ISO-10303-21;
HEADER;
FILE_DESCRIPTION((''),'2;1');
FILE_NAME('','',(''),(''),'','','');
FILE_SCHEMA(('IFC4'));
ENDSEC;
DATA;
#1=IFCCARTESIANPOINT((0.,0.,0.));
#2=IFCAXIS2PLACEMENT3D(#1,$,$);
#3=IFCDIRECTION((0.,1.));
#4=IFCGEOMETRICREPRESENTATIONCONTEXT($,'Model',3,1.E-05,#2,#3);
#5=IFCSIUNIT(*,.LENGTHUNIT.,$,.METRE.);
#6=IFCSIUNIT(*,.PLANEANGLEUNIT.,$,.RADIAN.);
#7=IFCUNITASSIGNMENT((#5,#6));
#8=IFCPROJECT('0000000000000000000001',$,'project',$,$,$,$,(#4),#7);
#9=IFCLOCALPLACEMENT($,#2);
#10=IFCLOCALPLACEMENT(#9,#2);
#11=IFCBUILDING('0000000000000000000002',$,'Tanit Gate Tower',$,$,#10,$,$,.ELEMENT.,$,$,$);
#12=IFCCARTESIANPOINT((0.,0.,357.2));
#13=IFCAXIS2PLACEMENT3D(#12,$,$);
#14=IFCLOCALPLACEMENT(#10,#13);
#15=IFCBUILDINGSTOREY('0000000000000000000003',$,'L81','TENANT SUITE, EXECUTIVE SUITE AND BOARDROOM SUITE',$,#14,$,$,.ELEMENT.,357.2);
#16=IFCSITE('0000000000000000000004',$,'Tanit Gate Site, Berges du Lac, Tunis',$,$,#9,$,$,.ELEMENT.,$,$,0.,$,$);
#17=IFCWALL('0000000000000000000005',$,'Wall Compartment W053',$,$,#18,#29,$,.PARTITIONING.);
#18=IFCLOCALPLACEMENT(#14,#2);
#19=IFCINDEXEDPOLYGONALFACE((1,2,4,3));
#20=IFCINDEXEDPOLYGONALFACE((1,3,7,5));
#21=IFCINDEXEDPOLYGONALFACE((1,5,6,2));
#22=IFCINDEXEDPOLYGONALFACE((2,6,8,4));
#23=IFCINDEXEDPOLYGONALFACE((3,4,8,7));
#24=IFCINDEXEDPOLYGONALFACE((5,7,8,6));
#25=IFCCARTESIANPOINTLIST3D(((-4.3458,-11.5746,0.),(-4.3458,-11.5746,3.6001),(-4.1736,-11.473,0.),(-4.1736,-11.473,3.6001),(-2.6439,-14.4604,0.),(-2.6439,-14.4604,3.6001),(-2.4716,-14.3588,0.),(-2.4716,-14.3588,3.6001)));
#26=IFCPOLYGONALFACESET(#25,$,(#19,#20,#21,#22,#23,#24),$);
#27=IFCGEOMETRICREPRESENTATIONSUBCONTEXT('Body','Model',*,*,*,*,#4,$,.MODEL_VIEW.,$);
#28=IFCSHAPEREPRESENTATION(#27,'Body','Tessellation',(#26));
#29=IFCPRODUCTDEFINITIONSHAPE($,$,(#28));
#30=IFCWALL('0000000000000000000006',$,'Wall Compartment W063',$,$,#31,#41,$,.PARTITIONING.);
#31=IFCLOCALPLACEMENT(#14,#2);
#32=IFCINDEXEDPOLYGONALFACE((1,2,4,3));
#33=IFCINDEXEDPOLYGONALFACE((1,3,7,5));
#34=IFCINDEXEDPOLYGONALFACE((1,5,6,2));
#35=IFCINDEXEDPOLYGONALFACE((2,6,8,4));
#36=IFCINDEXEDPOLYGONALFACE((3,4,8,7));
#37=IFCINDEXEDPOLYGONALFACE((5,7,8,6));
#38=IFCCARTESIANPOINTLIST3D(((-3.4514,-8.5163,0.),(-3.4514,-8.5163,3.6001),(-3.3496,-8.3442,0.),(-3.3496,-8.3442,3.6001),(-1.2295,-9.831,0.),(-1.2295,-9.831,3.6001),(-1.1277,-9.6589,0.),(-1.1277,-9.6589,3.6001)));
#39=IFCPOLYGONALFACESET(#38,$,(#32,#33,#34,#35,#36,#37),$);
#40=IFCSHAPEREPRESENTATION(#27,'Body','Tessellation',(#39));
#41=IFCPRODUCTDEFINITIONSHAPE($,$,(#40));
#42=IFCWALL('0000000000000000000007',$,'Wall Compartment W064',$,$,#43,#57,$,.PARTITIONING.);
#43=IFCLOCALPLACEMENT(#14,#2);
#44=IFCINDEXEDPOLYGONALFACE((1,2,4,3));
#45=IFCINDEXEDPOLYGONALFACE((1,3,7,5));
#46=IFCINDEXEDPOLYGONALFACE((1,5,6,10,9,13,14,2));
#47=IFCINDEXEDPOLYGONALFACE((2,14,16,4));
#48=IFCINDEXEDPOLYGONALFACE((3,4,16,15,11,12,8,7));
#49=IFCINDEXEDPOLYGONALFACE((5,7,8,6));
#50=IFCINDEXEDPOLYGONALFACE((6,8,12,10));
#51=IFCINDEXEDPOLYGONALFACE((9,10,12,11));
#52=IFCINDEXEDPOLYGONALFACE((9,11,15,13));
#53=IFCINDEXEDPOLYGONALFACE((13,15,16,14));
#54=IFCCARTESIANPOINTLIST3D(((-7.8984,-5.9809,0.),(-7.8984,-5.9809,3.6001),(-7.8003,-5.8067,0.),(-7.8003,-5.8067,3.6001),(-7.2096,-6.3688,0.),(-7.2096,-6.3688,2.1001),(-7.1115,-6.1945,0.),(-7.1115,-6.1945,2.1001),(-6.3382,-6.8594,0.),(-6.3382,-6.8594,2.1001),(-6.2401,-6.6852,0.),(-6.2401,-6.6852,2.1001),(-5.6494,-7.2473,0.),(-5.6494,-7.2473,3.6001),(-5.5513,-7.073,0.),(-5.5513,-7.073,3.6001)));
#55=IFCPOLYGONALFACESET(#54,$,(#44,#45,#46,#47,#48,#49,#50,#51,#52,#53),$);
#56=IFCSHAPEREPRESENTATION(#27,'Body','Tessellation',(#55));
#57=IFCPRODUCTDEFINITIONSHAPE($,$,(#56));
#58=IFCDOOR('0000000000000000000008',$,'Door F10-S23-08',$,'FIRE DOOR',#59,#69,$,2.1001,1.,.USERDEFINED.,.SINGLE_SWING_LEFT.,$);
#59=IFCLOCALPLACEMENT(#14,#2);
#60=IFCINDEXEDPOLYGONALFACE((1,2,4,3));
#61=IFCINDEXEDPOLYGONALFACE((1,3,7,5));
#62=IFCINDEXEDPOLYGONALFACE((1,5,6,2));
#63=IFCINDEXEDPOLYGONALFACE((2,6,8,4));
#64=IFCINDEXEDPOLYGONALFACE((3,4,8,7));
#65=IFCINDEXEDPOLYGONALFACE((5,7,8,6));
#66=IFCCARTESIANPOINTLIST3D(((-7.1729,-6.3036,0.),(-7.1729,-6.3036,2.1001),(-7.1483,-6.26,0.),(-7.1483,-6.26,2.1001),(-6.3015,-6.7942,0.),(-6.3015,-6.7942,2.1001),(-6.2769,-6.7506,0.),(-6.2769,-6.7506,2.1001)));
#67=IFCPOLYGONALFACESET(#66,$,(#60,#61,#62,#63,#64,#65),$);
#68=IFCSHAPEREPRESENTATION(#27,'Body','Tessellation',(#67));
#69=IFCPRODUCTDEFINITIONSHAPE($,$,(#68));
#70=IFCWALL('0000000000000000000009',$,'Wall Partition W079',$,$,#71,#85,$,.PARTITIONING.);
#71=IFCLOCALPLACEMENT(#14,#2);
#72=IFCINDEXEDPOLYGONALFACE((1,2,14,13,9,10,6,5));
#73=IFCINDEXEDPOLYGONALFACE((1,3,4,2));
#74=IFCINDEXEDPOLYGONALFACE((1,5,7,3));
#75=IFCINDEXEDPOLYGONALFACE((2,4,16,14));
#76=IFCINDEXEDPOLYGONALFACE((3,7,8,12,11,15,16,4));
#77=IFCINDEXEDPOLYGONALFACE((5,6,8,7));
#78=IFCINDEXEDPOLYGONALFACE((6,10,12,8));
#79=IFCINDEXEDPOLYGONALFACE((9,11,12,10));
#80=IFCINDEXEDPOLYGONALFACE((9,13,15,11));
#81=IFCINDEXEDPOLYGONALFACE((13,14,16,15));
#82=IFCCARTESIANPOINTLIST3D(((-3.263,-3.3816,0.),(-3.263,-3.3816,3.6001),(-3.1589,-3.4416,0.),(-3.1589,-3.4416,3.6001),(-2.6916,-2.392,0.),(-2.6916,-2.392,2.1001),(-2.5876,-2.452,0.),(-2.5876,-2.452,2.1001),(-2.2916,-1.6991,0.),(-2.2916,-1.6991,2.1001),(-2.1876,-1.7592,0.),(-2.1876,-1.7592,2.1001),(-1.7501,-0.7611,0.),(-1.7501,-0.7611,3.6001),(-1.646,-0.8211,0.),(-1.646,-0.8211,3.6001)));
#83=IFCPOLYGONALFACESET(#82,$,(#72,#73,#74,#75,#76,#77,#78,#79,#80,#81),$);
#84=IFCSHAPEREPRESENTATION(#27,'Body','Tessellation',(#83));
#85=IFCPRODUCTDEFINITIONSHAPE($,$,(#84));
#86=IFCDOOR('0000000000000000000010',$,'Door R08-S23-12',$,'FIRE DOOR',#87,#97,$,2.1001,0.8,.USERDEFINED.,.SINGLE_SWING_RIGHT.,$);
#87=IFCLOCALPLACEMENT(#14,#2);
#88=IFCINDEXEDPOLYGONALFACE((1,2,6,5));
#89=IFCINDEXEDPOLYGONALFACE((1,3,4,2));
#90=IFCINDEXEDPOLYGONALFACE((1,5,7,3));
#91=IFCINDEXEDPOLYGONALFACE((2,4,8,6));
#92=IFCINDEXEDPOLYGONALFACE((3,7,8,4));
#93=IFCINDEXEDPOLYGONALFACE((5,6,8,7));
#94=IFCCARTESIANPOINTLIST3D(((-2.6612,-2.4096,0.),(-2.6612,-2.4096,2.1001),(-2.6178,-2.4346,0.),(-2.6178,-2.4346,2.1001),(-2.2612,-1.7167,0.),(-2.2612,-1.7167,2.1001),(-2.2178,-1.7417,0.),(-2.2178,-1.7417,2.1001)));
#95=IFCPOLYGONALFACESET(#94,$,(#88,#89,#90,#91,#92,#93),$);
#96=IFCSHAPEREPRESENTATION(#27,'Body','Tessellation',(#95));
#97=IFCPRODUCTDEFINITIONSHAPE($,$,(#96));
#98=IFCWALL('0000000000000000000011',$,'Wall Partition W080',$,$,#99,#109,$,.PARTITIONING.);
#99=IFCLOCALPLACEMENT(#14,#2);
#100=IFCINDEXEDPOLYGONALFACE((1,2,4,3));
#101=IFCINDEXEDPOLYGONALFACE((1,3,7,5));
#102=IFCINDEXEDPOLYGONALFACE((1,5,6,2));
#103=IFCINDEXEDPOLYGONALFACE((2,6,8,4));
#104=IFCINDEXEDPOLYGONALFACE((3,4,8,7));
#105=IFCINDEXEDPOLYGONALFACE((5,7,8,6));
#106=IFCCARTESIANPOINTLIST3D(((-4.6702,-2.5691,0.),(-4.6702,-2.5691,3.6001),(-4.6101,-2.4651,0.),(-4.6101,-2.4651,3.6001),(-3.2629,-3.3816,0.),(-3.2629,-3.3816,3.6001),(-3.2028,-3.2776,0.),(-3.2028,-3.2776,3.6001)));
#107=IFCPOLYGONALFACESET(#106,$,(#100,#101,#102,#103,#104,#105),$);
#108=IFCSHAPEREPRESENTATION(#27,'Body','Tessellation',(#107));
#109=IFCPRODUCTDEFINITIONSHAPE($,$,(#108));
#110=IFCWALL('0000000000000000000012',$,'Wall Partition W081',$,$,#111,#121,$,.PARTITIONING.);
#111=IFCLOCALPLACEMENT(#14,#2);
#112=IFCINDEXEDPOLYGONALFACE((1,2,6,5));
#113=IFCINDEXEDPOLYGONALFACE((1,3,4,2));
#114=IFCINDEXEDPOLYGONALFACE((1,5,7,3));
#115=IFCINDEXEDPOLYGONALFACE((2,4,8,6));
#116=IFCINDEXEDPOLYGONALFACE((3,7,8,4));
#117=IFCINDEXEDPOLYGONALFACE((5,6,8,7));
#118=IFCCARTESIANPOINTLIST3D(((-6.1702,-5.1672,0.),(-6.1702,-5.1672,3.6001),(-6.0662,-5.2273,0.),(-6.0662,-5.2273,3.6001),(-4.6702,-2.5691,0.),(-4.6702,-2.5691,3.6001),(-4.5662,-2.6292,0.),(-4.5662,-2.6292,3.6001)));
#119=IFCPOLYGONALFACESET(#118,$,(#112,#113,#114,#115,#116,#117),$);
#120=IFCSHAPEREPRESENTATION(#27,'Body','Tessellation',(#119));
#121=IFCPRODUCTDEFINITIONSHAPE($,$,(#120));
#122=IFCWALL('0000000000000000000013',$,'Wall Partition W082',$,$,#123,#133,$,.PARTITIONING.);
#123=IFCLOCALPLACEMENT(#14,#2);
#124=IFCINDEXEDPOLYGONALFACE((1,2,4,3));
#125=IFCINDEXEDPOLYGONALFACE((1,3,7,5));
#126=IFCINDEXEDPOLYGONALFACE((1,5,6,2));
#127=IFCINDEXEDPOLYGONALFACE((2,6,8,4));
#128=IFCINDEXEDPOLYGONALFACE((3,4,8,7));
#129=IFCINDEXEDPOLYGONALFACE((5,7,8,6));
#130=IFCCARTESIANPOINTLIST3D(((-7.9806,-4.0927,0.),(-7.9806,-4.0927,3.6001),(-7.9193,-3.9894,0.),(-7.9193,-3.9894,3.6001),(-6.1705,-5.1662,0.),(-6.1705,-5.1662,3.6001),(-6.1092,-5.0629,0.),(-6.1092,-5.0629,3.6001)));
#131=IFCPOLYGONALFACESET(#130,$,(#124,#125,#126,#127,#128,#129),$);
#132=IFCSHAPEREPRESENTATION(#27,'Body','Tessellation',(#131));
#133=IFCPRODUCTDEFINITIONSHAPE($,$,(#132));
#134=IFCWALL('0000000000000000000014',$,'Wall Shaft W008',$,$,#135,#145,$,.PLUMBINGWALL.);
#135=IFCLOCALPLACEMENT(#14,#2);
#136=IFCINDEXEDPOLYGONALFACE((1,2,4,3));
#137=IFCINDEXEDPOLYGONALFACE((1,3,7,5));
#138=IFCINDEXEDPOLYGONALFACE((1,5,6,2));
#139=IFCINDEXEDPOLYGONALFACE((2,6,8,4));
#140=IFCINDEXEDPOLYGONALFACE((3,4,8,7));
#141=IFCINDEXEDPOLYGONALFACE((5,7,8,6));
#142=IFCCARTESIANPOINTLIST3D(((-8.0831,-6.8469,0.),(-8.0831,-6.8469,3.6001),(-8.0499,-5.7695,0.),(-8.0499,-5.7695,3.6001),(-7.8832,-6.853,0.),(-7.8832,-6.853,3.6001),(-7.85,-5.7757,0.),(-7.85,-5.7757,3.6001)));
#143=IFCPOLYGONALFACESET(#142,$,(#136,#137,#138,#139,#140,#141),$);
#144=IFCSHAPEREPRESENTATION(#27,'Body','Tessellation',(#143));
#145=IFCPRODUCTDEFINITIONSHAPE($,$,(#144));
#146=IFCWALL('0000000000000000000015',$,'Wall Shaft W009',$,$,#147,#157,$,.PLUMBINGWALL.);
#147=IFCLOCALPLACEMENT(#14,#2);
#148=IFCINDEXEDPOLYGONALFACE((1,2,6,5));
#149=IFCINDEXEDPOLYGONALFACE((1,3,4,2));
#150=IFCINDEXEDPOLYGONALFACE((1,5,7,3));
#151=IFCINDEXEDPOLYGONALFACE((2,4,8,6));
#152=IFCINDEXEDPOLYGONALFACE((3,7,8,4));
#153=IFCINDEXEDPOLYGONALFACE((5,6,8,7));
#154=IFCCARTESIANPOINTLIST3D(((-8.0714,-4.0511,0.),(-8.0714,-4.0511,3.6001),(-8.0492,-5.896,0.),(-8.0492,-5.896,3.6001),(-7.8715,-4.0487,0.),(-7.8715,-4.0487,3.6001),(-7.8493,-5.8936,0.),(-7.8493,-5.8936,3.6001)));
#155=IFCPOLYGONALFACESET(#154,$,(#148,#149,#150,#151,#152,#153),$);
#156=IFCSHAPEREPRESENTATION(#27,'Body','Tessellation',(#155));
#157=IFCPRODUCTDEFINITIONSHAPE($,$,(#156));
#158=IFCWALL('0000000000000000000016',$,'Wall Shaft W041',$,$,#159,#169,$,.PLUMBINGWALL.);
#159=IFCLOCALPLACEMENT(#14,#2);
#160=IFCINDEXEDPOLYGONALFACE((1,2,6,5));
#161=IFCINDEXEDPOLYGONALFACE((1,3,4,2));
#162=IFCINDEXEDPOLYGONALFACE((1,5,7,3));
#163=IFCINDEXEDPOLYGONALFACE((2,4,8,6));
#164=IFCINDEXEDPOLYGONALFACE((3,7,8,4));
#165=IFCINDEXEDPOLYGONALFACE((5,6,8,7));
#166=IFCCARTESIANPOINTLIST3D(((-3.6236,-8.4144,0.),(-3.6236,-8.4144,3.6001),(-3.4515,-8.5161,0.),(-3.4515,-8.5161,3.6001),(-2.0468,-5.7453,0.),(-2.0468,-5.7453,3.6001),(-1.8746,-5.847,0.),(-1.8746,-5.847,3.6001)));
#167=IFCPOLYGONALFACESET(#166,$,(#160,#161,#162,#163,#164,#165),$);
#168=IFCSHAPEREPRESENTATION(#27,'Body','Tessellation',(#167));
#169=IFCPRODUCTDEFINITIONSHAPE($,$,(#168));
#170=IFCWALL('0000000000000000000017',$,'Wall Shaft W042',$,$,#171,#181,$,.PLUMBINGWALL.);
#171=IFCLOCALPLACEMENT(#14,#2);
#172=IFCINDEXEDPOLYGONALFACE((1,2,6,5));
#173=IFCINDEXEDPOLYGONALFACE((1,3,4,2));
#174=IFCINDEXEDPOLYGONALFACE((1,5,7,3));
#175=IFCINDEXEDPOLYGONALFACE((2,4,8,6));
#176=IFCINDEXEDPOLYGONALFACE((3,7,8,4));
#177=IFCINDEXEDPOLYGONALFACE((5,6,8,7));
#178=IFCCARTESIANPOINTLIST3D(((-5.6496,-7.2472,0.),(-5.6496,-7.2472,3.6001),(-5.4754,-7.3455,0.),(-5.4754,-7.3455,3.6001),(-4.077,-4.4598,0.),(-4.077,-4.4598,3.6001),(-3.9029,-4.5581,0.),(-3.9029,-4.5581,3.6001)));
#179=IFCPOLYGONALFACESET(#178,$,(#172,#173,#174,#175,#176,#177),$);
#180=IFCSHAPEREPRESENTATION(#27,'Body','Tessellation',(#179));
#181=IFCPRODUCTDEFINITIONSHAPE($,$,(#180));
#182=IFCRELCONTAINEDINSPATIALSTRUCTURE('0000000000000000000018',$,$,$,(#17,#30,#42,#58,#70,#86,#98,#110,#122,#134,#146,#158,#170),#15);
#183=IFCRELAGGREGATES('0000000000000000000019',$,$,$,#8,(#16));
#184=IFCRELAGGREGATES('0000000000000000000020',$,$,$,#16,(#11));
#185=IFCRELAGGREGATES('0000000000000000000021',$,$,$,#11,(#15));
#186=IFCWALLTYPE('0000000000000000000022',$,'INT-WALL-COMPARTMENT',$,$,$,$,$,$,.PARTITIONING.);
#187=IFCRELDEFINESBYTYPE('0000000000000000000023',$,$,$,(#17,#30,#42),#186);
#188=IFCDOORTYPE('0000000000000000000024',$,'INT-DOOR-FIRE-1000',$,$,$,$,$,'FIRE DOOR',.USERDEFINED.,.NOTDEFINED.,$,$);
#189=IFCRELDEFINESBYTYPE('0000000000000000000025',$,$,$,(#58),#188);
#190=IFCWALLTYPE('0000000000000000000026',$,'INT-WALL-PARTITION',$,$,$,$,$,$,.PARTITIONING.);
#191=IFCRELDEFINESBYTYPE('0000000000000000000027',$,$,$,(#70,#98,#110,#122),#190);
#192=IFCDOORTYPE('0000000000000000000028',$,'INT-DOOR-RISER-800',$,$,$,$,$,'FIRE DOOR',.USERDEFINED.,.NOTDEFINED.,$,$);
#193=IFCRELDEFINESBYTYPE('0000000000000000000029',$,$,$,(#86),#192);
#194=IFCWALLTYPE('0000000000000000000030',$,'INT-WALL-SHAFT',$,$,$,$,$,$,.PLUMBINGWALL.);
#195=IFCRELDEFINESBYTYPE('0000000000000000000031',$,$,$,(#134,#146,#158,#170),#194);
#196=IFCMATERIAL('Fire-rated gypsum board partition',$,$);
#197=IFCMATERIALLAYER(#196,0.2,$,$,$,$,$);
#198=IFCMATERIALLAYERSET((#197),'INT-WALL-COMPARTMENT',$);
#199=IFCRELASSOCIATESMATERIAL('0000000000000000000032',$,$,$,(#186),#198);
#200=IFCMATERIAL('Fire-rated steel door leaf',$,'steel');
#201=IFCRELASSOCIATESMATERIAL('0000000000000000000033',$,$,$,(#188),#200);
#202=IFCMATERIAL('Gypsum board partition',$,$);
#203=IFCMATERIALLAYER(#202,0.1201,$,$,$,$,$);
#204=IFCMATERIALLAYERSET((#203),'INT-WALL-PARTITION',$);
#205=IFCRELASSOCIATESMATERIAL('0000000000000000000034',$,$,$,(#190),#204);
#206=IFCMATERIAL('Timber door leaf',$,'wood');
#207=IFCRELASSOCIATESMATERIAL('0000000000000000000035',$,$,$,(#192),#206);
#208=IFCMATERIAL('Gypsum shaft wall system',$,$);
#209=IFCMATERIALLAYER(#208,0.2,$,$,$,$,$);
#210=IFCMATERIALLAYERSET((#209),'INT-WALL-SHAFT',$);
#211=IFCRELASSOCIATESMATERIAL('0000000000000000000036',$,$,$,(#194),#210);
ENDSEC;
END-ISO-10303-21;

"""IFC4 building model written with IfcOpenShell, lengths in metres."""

from ifc_helpers import new_model, si_unit, direction, frame, frame_2d, origin, place, context, subcontext, project, spatial, rectangle, extrude, material, layer, layer_set, type_object, element, fill, save


model = new_model("IFC4")

# Units and contexts
model_context = context("Model", 3, precision=1e-05, world=origin(), true_north=direction((0.0, 1.0)))
body_context = subcontext(model_context, "Body", "Model", "MODEL_VIEW")
ifc_project = project(units=[si_unit("LENGTHUNIT", "METRE"), si_unit("PLANEANGLEUNIT", "RADIAN")], contexts=[model_context])

# Site, building, storey
site_placement = place(None, origin())
site = spatial("IfcSite", under=ifc_project, at=site_placement, Name="Tanit Gate Site, Berges du Lac, Tunis", CompositionType="ELEMENT", RefElevation=0.0)
building_placement = place(site_placement, origin())
building = spatial("IfcBuilding", under=site, at=building_placement, Name="Tanit Gate Tower", CompositionType="ELEMENT")
storey_placement = place(building_placement, frame((0.0, 0.0, 357.2)))
storey = spatial("IfcBuildingStorey", under=building, at=storey_placement, Name="L81", Description="TENANT SUITE, EXECUTIVE SUITE AND BOARDROOM SUITE", CompositionType="ELEMENT", Elevation=357.2)

# Walls
ifc_material_1 = material(Name="Fire-rated gypsum board partition")
ifc_layer_1 = layer(ifc_material_1, 0.2)
ifc_layer_set_1 = layer_set([ifc_layer_1], Name="INT-WALL-COMPARTMENT")
wall_type_1 = type_object("IfcWallType", Name="INT-WALL-COMPARTMENT", PredefinedType="PARTITIONING", material=ifc_layer_set_1)
wall_1_placement = place(storey_placement, frame((-4.2598, -11.5237, 0.0), z_axis=(0.0, 0.0, 1.0), x_axis=(0.507997, -0.861359, 0.0)))
element("IfcWall", 1, at=wall_1_placement, inside=storey, type_object=wall_type_1, Name="Wall Compartment W053", PredefinedType="PARTITIONING", context=body_context, shape_type="SweptSolid", body=[
    extrude(rectangle(XDim=3.3503, YDim=0.2, at=frame_2d((1.6753, 0.0))), origin(), (0.0, 0.0, 1.0), 3.6001),
])
wall_2_placement = place(storey_placement, frame((-3.4006, -8.4302, 0.0), z_axis=(0.0, 0.0, 1.0), x_axis=(0.860631, -0.509229, 0.0)))
element("IfcWall", 2, at=wall_2_placement, inside=storey, type_object=wall_type_1, Name="Wall Compartment W063", PredefinedType="PARTITIONING", context=body_context, shape_type="SweptSolid", body=[
    extrude(rectangle(XDim=2.5818, YDim=0.2, at=frame_2d((1.291, 0.0))), origin(), (0.0, 0.0, 1.0), 3.6001),
])

# Walls, openings, doors
wall_3_placement = place(storey_placement, frame((-7.8494, -5.8938, 0.0), z_axis=(0.0, 0.0, 1.0), x_axis=(0.871363, -0.490638, 0.0)))
wall_3 = element("IfcWall", 3, at=wall_3_placement, inside=storey, type_object=wall_type_1, Name="Wall Compartment W064", PredefinedType="PARTITIONING", context=body_context, shape_type="SweptSolid", body=[
    extrude(rectangle(XDim=2.5811, YDim=0.2, at=frame_2d((1.2905, 0.0))), origin(), (0.0, 0.0, 1.0), 3.6001),
])
opening_1_placement = place(wall_3_placement, frame((0.7905, 0.0, 0.0)))
opening_1 = element("IfcOpeningElement", 4, at=opening_1_placement, cuts=wall_3, PredefinedType="OPENING", context=body_context, shape_type="SweptSolid", body=[
    extrude(rectangle(XDim=1.0, YDim=2.1001, at=frame_2d((0.5, 1.05))), frame((0.0, 0.1099, 0.0), z_axis=(0.0, -1.0, 0.0), x_axis=(1.0, 0.0, 0.0)), (0.0, 0.0, 1.0), 0.22),
])
ifc_material_2 = material(Name="Fire-rated steel door leaf", Category="steel")
door_type_1 = type_object("IfcDoorType", Name="INT-DOOR-FIRE-1000", ElementType="FIRE DOOR", OperationType="NOTDEFINED", PredefinedType="USERDEFINED", material=ifc_material_2)
door_1_placement = place(opening_1_placement, origin())
door_1 = element("IfcDoor", 5, at=door_1_placement, inside=storey, type_object=door_type_1, Name="Door F10-S23-08", ObjectType="FIRE DOOR", OperationType="SINGLE_SWING_LEFT", OverallHeight=2.1001, OverallWidth=1.0, PredefinedType="USERDEFINED", context=body_context, shape_type="SweptSolid", body=[
    extrude(rectangle(XDim=1.0, YDim=2.1001, at=frame_2d((0.5, 1.05))), frame((0.0, 0.0249, 0.0), z_axis=(0.0, -1.0, 0.0), x_axis=(1.0, 0.0, 0.0)), (0.0, 0.0, 1.0), 0.05),
])
fill(opening_1, door_1)
ifc_material_3 = material(Name="Gypsum board partition")
ifc_layer_2 = layer(ifc_material_3, 0.1201)
ifc_layer_set_2 = layer_set([ifc_layer_2], Name="INT-WALL-PARTITION")
wall_type_2 = type_object("IfcWallType", Name="INT-WALL-PARTITION", PredefinedType="PARTITIONING", material=ifc_layer_set_2)
wall_4_placement = place(storey_placement, frame((-3.2109, -3.4116, 0.0), z_axis=(0.0, 0.0, 1.0), x_axis=(0.499983, 0.866035, 0.0)))
wall_4 = element("IfcWall", 6, at=wall_4_placement, inside=storey, type_object=wall_type_2, Name="Wall Partition W079", PredefinedType="PARTITIONING", context=body_context, shape_type="SweptSolid", body=[
    extrude(rectangle(XDim=3.0259, YDim=0.1201, at=frame_2d((1.5129, 0.0))), origin(), (0.0, 0.0, 1.0), 3.6001),
])
opening_2_placement = place(wall_4_placement, frame((1.1428, 0.0, 0.0)))
opening_2 = element("IfcOpeningElement", 7, at=opening_2_placement, cuts=wall_4, PredefinedType="OPENING", context=body_context, shape_type="SweptSolid", body=[
    extrude(rectangle(XDim=0.8, YDim=2.1001, at=frame_2d((0.3999, 1.05))), frame((0.0, 0.0701, 0.0), z_axis=(0.0, -1.0, 0.0), x_axis=(1.0, 0.0, 0.0)), (0.0, 0.0, 1.0), 0.1401),
])
ifc_material_4 = material(Name="Timber door leaf", Category="wood")
door_type_2 = type_object("IfcDoorType", Name="INT-DOOR-RISER-800", ElementType="FIRE DOOR", OperationType="NOTDEFINED", PredefinedType="USERDEFINED", material=ifc_material_4)
door_2_placement = place(opening_2_placement, origin())
door_2 = element("IfcDoor", 8, at=door_2_placement, inside=storey, type_object=door_type_2, Name="Door R08-S23-12", ObjectType="FIRE DOOR", OperationType="SINGLE_SWING_RIGHT", OverallHeight=2.1001, OverallWidth=0.8, PredefinedType="USERDEFINED", context=body_context, shape_type="SweptSolid", body=[
    extrude(rectangle(XDim=0.8, YDim=2.1001, at=frame_2d((0.3999, 1.05))), frame((0.0, 0.0249, 0.0), z_axis=(0.0, -1.0, 0.0), x_axis=(1.0, 0.0, 0.0)), (0.0, 0.0, 1.0), 0.05),
])
fill(opening_2, door_2)

# Walls
wall_5_placement = place(storey_placement, frame((-4.6401, -2.5171, 0.0), z_axis=(0.0, 0.0, 1.0), x_axis=(0.866015, -0.500017, 0.0)))
element("IfcWall", 9, at=wall_5_placement, inside=storey, type_object=wall_type_2, Name="Wall Partition W080", PredefinedType="PARTITIONING", context=body_context, shape_type="SweptSolid", body=[
    extrude(rectangle(XDim=1.625, YDim=0.1201, at=frame_2d((0.8125, 0.0))), origin(), (0.0, 0.0, 1.0), 3.6001),
])
wall_6_placement = place(storey_placement, frame((-6.1182, -5.1973, 0.0), z_axis=(0.0, 0.0, 1.0), x_axis=(0.49999, 0.866031, 0.0)))
element("IfcWall", 10, at=wall_6_placement, inside=storey, type_object=wall_type_2, Name="Wall Partition W081", PredefinedType="PARTITIONING", context=body_context, shape_type="SweptSolid", body=[
    extrude(rectangle(XDim=3.0, YDim=0.1201, at=frame_2d((1.5, 0.0))), origin(), (0.0, 0.0, 1.0), 3.6001),
])
wall_7_placement = place(storey_placement, frame((-7.95, -4.041, 0.0), z_axis=(0.0, 0.0, 1.0), x_axis=(0.860112, -0.510104, 0.0)))
element("IfcWall", 11, at=wall_7_placement, inside=storey, type_object=wall_type_2, Name="Wall Partition W082", PredefinedType="PARTITIONING", context=body_context, shape_type="SweptSolid", body=[
    extrude(rectangle(XDim=2.1045, YDim=0.1201, at=frame_2d((1.0522, 0.0))), origin(), (0.0, 0.0, 1.0), 3.6001),
])
ifc_material_5 = material(Name="Gypsum shaft wall system")
ifc_layer_3 = layer(ifc_material_5, 0.2)
ifc_layer_set_3 = layer_set([ifc_layer_3], Name="INT-WALL-SHAFT")
wall_type_3 = type_object("IfcWallType", Name="INT-WALL-SHAFT", PredefinedType="PLUMBINGWALL", material=ifc_layer_set_3)
wall_8_placement = place(storey_placement, frame((-7.95, -5.7725, 0.0), z_axis=(0.0, 0.0, 1.0), x_axis=(-0.030803, -0.999525, 0.0)))
element("IfcWall", 12, at=wall_8_placement, inside=storey, type_object=wall_type_3, Name="Wall Shaft W008", PredefinedType="PLUMBINGWALL", context=body_context, shape_type="SweptSolid", body=[
    extrude(rectangle(XDim=1.0779, YDim=0.2, at=frame_2d((0.5391, 0.0))), origin(), (0.0, 0.0, 1.0), 3.6001),
])
wall_9_placement = place(storey_placement, frame((-7.9714, -4.05, 0.0), z_axis=(0.0, 0.0, 1.0), x_axis=(0.012043, -0.999927, 0.0)))
element("IfcWall", 13, at=wall_9_placement, inside=storey, type_object=wall_type_3, Name="Wall Shaft W009", PredefinedType="PLUMBINGWALL", context=body_context, shape_type="SweptSolid", body=[
    extrude(rectangle(XDim=1.845, YDim=0.2, at=frame_2d((0.9224, 0.0))), origin(), (0.0, 0.0, 1.0), 3.6001),
])

# Walls
wall_10_placement = place(storey_placement, frame((-1.9607, -5.7961, 0.0), z_axis=(0.0, 0.0, 1.0), x_axis=(-0.508647, -0.860975, 0.0)))
element("IfcWall", 14, at=wall_10_placement, inside=storey, type_object=wall_type_3, Name="Wall Shaft W041", PredefinedType="PLUMBINGWALL", context=body_context, shape_type="SweptSolid", body=[
    extrude(rectangle(XDim=3.1001, YDim=0.2, at=frame_2d((1.55, 0.0))), origin(), (0.0, 0.0, 1.0), 3.6001),
])
wall_11_placement = place(storey_placement, frame((-3.99, -4.509, 0.0), z_axis=(0.0, 0.0, 1.0), x_axis=(-0.491358, -0.870958, 0.0)))
element("IfcWall", 15, at=wall_11_placement, inside=storey, type_object=wall_type_3, Name="Wall Shaft W042", PredefinedType="PLUMBINGWALL", context=body_context, shape_type="SweptSolid", body=[
    extrude(rectangle(XDim=3.2004, YDim=0.2, at=frame_2d((1.6001, 0.0))), origin(), (0.0, 0.0, 1.0), 3.6001),
])

save(model, "model.ifc")
